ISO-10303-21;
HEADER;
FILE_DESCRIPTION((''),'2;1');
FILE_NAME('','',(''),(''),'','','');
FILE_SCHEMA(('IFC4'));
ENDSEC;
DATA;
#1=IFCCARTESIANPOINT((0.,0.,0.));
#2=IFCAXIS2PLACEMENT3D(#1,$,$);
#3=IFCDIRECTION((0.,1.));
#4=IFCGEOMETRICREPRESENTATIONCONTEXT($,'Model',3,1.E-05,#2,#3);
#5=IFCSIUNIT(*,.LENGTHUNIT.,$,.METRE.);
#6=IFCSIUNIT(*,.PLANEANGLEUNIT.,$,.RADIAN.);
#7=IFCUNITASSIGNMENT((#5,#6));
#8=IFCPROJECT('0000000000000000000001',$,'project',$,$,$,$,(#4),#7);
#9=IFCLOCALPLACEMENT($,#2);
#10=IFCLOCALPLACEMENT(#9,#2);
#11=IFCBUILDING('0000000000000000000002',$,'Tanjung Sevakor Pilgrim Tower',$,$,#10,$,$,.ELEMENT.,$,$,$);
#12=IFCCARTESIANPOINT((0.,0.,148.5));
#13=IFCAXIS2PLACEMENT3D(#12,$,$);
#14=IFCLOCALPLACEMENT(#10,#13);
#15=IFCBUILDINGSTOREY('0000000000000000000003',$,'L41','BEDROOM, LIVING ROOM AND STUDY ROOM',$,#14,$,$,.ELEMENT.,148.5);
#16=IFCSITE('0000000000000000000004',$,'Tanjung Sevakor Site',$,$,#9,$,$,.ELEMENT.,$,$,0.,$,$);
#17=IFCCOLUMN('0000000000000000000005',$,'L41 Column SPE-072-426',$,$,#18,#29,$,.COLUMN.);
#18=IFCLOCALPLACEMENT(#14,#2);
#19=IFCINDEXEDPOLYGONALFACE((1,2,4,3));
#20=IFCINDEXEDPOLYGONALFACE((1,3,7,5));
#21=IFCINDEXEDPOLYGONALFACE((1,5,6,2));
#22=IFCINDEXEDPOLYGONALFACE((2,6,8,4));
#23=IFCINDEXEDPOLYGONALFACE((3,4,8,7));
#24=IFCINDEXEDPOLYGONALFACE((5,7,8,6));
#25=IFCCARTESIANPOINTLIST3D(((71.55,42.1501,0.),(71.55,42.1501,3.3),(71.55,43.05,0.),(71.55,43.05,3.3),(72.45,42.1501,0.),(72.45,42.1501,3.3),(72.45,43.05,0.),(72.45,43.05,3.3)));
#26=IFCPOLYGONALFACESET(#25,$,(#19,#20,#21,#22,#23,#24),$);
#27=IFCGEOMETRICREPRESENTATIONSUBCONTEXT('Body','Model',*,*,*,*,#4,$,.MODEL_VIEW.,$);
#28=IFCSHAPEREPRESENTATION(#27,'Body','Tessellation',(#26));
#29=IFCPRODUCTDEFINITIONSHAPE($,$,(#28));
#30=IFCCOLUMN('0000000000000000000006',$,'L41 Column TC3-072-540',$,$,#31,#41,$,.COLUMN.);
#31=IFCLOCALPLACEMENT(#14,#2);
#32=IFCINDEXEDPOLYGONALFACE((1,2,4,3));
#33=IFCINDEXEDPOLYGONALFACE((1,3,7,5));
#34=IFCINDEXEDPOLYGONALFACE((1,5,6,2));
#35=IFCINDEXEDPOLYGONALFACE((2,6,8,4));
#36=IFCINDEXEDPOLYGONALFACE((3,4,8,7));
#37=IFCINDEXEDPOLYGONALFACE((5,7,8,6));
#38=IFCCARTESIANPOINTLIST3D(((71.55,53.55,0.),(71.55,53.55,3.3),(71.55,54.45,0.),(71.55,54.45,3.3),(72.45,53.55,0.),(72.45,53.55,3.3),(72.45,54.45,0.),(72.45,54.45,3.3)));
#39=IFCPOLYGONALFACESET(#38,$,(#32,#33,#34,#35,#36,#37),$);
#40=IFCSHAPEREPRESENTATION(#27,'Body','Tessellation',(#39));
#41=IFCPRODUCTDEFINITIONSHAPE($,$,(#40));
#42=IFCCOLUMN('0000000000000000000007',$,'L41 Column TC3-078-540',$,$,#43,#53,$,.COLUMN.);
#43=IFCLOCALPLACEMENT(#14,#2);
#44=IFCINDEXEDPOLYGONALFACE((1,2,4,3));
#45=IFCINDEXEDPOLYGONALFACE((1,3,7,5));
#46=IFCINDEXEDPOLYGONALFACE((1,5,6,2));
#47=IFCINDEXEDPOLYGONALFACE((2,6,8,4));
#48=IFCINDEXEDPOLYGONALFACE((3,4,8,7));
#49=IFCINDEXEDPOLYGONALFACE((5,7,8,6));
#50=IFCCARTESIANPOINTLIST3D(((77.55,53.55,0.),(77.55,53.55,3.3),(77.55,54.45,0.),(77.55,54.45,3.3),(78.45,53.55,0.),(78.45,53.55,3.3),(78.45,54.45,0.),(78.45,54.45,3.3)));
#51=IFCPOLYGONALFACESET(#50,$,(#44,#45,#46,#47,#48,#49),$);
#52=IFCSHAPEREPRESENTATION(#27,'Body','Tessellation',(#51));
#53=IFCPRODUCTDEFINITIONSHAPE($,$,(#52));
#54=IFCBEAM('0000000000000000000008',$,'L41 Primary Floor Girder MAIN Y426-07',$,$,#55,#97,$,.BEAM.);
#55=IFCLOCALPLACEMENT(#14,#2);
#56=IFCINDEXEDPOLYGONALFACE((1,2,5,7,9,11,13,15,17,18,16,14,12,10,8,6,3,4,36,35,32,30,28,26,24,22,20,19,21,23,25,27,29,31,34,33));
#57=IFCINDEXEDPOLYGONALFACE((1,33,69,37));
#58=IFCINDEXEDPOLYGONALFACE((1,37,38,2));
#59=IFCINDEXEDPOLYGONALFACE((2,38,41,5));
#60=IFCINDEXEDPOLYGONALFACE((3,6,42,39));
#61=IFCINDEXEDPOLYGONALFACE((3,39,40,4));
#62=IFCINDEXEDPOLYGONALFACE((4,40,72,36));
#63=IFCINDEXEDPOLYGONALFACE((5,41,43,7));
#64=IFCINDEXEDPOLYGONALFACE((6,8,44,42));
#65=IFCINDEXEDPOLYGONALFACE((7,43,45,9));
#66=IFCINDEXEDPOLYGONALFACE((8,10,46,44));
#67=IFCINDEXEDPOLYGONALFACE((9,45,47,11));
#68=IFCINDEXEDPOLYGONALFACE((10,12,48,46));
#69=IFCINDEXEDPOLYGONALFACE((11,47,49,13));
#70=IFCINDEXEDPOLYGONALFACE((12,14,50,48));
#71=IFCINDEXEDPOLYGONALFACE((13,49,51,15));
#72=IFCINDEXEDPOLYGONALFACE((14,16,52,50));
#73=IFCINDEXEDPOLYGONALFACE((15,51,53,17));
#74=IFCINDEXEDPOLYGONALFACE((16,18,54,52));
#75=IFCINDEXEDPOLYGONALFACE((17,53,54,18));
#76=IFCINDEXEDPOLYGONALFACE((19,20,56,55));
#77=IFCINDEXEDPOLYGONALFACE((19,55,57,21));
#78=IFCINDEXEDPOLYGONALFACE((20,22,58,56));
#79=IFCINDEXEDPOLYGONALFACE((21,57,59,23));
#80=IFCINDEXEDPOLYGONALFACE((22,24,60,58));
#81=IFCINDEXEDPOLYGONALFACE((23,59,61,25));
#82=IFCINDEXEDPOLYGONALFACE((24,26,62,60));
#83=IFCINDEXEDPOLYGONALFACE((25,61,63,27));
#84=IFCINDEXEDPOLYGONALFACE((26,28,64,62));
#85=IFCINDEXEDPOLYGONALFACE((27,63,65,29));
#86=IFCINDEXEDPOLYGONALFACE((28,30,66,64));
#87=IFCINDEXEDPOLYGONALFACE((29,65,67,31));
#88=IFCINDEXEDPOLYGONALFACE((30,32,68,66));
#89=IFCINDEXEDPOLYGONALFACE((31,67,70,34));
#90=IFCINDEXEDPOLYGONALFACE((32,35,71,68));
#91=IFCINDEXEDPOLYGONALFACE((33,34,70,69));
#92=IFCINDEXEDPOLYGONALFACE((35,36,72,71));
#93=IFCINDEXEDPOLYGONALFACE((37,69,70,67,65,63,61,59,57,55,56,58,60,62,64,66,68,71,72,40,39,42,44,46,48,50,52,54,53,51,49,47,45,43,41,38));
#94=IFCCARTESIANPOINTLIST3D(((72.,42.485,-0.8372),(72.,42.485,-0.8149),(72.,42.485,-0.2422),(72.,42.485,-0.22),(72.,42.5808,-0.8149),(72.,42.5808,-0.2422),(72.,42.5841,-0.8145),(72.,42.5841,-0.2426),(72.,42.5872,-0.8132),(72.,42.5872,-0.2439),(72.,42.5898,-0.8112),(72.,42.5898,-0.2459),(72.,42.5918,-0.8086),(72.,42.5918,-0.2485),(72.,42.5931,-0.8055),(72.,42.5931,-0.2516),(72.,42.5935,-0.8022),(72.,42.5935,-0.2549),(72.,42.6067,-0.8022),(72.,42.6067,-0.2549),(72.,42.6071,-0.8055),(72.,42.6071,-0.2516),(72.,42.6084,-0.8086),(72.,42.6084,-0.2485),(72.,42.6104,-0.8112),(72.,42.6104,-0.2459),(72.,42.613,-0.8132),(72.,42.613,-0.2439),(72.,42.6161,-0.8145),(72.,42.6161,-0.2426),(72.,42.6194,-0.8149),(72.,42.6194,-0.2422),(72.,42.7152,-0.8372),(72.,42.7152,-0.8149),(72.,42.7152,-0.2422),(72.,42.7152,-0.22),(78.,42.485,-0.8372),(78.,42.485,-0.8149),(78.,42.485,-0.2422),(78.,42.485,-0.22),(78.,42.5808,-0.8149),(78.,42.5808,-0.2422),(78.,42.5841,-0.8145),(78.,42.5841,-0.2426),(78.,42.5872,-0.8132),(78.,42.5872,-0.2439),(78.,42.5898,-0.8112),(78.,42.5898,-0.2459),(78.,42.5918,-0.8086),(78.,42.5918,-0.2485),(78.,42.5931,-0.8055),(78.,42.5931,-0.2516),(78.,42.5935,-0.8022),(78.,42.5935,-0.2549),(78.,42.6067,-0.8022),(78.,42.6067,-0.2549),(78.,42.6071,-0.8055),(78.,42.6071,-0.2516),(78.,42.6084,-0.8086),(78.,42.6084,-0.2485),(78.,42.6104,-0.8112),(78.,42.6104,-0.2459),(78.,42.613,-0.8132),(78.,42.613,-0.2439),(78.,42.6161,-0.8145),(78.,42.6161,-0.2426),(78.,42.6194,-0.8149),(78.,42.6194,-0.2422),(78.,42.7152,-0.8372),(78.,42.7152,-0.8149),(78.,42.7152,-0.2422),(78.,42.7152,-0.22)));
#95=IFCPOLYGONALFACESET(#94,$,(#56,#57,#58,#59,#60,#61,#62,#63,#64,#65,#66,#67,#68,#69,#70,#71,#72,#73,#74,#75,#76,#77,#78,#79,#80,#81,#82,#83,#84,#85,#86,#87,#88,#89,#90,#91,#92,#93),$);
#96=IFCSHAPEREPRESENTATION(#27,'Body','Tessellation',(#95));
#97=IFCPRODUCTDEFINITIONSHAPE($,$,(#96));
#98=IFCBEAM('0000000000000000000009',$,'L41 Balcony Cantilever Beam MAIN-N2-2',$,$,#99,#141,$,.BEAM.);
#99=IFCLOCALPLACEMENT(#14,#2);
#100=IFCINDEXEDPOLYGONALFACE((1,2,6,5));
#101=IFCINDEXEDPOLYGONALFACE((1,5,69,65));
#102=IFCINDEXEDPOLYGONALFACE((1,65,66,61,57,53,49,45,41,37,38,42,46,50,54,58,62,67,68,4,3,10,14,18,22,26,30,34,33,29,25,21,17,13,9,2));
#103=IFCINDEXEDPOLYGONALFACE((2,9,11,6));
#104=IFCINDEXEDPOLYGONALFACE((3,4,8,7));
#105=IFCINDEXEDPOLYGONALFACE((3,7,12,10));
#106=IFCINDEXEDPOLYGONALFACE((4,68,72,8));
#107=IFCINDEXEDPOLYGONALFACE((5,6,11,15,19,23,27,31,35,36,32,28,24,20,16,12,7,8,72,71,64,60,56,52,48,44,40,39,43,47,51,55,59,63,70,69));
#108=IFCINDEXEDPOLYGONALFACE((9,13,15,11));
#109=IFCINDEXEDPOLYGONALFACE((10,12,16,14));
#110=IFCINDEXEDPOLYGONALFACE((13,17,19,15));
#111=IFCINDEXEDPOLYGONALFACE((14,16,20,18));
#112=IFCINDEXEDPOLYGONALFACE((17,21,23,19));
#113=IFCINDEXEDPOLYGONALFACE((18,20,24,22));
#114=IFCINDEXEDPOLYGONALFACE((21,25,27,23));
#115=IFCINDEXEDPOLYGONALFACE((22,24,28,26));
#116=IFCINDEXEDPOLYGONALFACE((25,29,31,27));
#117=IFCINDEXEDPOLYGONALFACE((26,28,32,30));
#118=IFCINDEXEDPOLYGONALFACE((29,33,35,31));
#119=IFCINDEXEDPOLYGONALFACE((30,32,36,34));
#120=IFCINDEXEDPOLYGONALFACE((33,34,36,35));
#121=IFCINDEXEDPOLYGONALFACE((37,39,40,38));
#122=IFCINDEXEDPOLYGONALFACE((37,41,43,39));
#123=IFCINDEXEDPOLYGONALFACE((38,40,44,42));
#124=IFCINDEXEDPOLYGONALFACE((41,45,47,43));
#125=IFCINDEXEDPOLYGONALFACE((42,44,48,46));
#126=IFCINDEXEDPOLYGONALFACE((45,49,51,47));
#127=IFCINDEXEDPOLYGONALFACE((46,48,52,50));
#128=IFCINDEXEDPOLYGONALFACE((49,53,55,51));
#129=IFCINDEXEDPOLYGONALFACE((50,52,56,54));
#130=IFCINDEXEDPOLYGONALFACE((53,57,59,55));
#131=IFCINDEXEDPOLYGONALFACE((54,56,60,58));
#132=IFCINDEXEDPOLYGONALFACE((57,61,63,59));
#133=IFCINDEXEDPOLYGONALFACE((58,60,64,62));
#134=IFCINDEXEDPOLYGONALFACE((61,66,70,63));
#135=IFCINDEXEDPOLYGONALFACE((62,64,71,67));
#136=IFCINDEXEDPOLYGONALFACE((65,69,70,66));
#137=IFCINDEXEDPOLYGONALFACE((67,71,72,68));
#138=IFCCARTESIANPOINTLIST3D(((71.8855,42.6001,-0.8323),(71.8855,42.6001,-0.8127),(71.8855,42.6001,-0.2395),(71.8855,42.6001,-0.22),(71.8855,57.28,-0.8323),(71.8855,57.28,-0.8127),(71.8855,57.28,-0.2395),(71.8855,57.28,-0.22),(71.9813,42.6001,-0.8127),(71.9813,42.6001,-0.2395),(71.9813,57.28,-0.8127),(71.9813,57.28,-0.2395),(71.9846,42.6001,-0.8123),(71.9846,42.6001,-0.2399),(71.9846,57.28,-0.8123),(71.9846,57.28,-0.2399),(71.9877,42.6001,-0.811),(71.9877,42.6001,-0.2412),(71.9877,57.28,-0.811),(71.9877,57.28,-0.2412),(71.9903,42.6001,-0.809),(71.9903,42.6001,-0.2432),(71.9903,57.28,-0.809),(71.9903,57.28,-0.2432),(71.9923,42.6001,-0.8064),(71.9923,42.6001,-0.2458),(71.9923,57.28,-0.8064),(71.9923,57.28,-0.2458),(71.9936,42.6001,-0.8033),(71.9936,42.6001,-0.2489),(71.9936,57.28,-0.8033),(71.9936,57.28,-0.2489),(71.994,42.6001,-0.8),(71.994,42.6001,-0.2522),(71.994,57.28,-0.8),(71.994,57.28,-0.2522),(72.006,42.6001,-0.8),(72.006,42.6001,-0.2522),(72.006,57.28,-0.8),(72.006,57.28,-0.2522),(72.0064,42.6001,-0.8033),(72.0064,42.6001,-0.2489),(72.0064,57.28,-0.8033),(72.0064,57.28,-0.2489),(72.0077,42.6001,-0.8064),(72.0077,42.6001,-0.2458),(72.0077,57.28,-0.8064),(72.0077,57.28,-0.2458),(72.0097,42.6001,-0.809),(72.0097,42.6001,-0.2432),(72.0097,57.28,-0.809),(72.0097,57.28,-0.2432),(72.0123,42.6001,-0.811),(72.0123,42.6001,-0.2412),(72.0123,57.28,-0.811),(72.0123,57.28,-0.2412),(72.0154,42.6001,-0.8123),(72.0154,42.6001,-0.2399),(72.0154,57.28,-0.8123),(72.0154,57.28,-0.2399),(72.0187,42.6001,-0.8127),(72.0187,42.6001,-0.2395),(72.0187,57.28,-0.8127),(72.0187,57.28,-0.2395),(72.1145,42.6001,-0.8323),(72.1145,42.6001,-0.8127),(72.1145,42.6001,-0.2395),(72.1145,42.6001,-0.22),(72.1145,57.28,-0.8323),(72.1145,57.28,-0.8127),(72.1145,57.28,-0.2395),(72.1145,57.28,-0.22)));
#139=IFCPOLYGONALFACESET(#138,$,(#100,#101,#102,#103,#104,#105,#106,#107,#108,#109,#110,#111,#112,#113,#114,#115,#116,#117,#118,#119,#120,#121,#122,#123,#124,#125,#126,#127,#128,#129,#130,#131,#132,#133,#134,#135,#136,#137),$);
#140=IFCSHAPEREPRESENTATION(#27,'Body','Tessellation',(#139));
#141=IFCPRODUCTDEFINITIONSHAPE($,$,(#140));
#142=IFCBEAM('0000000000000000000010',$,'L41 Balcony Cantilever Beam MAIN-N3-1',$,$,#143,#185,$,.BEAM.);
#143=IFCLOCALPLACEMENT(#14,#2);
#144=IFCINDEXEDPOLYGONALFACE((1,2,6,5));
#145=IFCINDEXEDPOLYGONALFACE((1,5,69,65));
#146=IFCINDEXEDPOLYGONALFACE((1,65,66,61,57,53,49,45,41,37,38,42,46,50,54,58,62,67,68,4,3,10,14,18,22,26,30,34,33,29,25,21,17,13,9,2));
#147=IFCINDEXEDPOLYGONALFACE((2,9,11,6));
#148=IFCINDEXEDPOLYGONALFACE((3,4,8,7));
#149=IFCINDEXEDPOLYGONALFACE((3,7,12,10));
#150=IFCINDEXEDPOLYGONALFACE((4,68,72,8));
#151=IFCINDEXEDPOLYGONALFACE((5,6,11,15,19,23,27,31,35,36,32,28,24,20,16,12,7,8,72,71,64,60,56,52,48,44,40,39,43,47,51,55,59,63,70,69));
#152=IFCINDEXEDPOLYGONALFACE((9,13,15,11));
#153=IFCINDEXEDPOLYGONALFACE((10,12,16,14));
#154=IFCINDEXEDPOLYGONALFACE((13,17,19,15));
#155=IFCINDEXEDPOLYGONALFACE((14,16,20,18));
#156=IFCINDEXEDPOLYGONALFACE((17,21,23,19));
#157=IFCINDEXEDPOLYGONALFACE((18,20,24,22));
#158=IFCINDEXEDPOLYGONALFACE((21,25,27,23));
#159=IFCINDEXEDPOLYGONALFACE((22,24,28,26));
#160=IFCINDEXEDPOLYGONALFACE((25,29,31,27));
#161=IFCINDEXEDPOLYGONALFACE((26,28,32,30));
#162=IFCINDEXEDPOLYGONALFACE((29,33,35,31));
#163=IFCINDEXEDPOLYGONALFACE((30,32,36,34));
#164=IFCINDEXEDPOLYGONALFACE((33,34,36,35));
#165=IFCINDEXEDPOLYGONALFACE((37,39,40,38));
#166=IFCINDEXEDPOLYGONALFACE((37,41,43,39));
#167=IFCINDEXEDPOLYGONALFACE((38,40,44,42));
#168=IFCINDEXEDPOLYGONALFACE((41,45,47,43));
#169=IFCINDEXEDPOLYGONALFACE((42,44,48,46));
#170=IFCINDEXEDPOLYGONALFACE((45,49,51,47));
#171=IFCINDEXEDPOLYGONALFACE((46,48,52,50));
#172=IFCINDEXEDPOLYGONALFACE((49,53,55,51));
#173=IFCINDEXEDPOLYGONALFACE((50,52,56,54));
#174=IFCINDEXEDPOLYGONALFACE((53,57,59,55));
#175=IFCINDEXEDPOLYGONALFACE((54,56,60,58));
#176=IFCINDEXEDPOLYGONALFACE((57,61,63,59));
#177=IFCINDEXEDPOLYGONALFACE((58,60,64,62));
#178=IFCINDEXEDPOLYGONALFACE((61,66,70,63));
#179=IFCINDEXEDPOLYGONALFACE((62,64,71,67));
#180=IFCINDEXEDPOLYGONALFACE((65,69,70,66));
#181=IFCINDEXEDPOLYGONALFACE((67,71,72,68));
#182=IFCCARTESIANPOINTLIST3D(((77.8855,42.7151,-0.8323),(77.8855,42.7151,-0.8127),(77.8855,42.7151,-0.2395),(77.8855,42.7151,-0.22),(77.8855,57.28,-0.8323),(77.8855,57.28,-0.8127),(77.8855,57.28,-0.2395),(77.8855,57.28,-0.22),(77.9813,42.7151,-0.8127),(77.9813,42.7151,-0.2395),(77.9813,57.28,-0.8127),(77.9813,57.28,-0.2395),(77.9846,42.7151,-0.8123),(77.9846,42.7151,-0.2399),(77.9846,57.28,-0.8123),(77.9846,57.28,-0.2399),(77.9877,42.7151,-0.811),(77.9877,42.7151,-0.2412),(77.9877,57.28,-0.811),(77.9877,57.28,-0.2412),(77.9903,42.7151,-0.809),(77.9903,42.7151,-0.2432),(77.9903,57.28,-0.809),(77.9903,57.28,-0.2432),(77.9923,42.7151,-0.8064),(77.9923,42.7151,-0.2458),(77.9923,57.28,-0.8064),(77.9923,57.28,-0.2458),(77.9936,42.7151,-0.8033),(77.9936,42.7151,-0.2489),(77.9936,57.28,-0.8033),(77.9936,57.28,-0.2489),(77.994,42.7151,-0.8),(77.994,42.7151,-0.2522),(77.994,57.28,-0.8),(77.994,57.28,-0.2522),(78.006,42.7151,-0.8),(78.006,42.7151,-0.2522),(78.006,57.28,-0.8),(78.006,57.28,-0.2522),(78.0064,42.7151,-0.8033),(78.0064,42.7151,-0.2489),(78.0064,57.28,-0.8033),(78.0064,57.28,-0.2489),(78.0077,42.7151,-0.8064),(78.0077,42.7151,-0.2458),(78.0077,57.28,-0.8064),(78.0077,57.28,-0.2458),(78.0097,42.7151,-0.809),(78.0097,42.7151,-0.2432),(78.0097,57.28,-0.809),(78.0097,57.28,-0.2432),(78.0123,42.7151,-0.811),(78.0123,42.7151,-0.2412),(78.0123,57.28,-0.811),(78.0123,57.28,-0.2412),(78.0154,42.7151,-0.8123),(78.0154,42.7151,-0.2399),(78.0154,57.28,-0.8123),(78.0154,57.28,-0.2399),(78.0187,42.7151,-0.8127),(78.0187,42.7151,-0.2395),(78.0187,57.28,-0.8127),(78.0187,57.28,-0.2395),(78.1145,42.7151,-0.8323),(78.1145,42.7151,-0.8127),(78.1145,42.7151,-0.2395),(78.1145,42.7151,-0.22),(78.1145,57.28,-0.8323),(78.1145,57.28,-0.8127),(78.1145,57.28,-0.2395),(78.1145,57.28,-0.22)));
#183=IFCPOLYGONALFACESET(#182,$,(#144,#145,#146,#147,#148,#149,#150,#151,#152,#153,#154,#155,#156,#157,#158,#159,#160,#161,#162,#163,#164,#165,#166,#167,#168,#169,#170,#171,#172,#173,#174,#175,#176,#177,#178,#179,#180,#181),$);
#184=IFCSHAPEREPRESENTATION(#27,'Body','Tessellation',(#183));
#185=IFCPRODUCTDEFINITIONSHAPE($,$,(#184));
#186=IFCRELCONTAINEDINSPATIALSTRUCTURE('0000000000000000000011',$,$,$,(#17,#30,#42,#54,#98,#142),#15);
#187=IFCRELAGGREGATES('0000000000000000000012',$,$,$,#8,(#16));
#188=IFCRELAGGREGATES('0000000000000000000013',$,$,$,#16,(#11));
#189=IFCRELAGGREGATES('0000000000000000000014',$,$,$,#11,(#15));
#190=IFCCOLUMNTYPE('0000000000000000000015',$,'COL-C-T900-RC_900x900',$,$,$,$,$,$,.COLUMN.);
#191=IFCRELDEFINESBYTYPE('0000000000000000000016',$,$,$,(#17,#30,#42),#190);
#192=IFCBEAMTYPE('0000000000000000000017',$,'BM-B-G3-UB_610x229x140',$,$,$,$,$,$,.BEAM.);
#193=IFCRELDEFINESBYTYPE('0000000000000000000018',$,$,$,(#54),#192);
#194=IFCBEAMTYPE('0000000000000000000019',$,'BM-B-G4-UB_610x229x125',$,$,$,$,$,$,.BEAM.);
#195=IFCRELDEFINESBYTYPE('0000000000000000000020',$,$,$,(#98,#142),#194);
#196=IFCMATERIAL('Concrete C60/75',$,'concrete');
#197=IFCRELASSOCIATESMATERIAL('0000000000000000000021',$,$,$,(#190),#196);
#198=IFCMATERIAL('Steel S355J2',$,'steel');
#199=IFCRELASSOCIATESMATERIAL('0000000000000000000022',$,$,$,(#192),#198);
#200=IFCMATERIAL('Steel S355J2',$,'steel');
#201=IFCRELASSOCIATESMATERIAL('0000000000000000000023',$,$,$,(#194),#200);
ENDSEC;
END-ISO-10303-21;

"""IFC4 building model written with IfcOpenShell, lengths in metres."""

from ifc_helpers import new_model, si_unit, direction, frame, origin, origin_2d, place, context, subcontext, project, spatial, rectangle, i_section, extrude, material, material_profile, profile_set, type_object, element, save


model = new_model("IFC4")

# Units and contexts
model_context = context("Model", 3, precision=1e-05, world=origin(), true_north=direction((0.0, 1.0)))
body_context = subcontext(model_context, "Body", "Model", "MODEL_VIEW")
ifc_project = project(units=[si_unit("LENGTHUNIT", "METRE"), si_unit("PLANEANGLEUNIT", "RADIAN")], contexts=[model_context])

# Site, building, storey
site_placement = place(None, origin())
site = spatial("IfcSite", under=ifc_project, at=site_placement, Name="Tanjung Sevakor Site", CompositionType="ELEMENT", RefElevation=0.0)
building_placement = place(site_placement, origin())
building = spatial("IfcBuilding", under=site, at=building_placement, Name="Tanjung Sevakor Pilgrim Tower", CompositionType="ELEMENT")
storey_placement = place(building_placement, frame((0.0, 0.0, 148.5)))
storey = spatial("IfcBuildingStorey", under=building, at=storey_placement, Name="L41", Description="BEDROOM, LIVING ROOM AND STUDY ROOM", CompositionType="ELEMENT", Elevation=148.5)

# Columns
ifc_material_1 = material(Name="Concrete C60/75", Category="concrete")
ifc_material_profile_1 = material_profile(ifc_material_1, rectangle(XDim=0.8999, YDim=0.8999, at=origin_2d()))
ifc_profile_set_1 = profile_set([ifc_material_profile_1], Name="Concrete C60/75")
column_type = type_object("IfcColumnType", Name="COL-C-T900-RC_900x900", PredefinedType="COLUMN", material=ifc_profile_set_1)
for number, where, z_axis, x_axis, name in (
    (1, (72.0, 42.6001, 0.0), (0.0, 0.0, 1.0), (1.0, 0.0, 0.0), "L41 Column SPE-072-426"),
    (2, (72.0, 54.0, 0.0), (0.0, 0.0, 1.0), (1.0, 0.0, 0.0), "L41 Column TC3-072-540"),
    (3, (78.0, 54.0, 0.0), (0.0, 0.0, 1.0), (1.0, 0.0, 0.0), "L41 Column TC3-078-540"),
):
    element("IfcColumn", number, at=place(storey_placement, frame(where, z_axis=z_axis, x_axis=x_axis)), inside=storey, type_object=column_type, Name=name, PredefinedType="COLUMN", context=body_context, shape_type="SweptSolid", body=[
        extrude(rectangle(XDim=0.8999, YDim=0.8999, at=origin_2d()), origin(), (0.0, 0.0, 1.0), 3.3),
    ])

# Beams
ifc_material_2 = material(Name="Steel S355J2", Category="steel")
ifc_material_profile_2 = material_profile(ifc_material_2, i_section(OverallWidth=0.2302, OverallDepth=0.6172, WebThickness=0.0132, FlangeThickness=0.0222, FilletRadius=0.0127, at=origin_2d()))
ifc_profile_set_2 = profile_set([ifc_material_profile_2], Name="Steel S355J2")
beam_type_1 = type_object("IfcBeamType", Name="BM-B-G3-UB_610x229x140", PredefinedType="BEAM", material=ifc_profile_set_2)
beam_1_placement = place(storey_placement, frame((72.0, 42.6001, -0.5286), z_axis=(1.0, 0.0, 0.0), x_axis=(0.0, 1.0, 0.0)))
element("IfcBeam", 4, at=beam_1_placement, inside=storey, type_object=beam_type_1, Name="L41 Primary Floor Girder MAIN Y426-07", PredefinedType="BEAM", context=body_context, shape_type="SweptSolid", body=[
    extrude(i_section(OverallWidth=0.2302, OverallDepth=0.6172, WebThickness=0.0132, FlangeThickness=0.0222, FilletRadius=0.0127, at=origin_2d()), origin(), (0.0, 0.0, 1.0), 6.0),
])
ifc_material_3 = material(Name="Steel S355J2", Category="steel")
ifc_material_profile_3 = material_profile(ifc_material_3, i_section(OverallWidth=0.229, OverallDepth=0.6123, WebThickness=0.012, FlangeThickness=0.0195, FilletRadius=0.0127, at=origin_2d()))
ifc_profile_set_3 = profile_set([ifc_material_profile_3], Name="Steel S355J2")
beam_type_2 = type_object("IfcBeamType", Name="BM-B-G4-UB_610x229x125", PredefinedType="BEAM", material=ifc_profile_set_3)
beam_2_placement = place(storey_placement, frame((72.0, 42.6001, -0.5261), z_axis=(0.0, 1.0, 0.0), x_axis=(-1.0, 0.0, 0.0)))
element("IfcBeam", 5, at=beam_2_placement, inside=storey, type_object=beam_type_2, Name="L41 Balcony Cantilever Beam MAIN-N2-2", PredefinedType="BEAM", context=body_context, shape_type="SweptSolid", body=[
    extrude(i_section(OverallWidth=0.229, OverallDepth=0.6123, WebThickness=0.012, FlangeThickness=0.0195, FilletRadius=0.0127, at=origin_2d()), origin(), (0.0, 0.0, 1.0), 14.6799),
])
beam_3_placement = place(storey_placement, frame((78.0, 42.7151, -0.5261), z_axis=(0.0, 1.0, 0.0), x_axis=(-1.0, 0.0, 0.0)))
element("IfcBeam", 6, at=beam_3_placement, inside=storey, type_object=beam_type_2, Name="L41 Balcony Cantilever Beam MAIN-N3-1", PredefinedType="BEAM", context=body_context, shape_type="SweptSolid", body=[
    extrude(i_section(OverallWidth=0.229, OverallDepth=0.6123, WebThickness=0.012, FlangeThickness=0.0195, FilletRadius=0.0127, at=origin_2d()), origin(), (0.0, 0.0, 1.0), 14.5649),
])

save(model, "model.ifc")
